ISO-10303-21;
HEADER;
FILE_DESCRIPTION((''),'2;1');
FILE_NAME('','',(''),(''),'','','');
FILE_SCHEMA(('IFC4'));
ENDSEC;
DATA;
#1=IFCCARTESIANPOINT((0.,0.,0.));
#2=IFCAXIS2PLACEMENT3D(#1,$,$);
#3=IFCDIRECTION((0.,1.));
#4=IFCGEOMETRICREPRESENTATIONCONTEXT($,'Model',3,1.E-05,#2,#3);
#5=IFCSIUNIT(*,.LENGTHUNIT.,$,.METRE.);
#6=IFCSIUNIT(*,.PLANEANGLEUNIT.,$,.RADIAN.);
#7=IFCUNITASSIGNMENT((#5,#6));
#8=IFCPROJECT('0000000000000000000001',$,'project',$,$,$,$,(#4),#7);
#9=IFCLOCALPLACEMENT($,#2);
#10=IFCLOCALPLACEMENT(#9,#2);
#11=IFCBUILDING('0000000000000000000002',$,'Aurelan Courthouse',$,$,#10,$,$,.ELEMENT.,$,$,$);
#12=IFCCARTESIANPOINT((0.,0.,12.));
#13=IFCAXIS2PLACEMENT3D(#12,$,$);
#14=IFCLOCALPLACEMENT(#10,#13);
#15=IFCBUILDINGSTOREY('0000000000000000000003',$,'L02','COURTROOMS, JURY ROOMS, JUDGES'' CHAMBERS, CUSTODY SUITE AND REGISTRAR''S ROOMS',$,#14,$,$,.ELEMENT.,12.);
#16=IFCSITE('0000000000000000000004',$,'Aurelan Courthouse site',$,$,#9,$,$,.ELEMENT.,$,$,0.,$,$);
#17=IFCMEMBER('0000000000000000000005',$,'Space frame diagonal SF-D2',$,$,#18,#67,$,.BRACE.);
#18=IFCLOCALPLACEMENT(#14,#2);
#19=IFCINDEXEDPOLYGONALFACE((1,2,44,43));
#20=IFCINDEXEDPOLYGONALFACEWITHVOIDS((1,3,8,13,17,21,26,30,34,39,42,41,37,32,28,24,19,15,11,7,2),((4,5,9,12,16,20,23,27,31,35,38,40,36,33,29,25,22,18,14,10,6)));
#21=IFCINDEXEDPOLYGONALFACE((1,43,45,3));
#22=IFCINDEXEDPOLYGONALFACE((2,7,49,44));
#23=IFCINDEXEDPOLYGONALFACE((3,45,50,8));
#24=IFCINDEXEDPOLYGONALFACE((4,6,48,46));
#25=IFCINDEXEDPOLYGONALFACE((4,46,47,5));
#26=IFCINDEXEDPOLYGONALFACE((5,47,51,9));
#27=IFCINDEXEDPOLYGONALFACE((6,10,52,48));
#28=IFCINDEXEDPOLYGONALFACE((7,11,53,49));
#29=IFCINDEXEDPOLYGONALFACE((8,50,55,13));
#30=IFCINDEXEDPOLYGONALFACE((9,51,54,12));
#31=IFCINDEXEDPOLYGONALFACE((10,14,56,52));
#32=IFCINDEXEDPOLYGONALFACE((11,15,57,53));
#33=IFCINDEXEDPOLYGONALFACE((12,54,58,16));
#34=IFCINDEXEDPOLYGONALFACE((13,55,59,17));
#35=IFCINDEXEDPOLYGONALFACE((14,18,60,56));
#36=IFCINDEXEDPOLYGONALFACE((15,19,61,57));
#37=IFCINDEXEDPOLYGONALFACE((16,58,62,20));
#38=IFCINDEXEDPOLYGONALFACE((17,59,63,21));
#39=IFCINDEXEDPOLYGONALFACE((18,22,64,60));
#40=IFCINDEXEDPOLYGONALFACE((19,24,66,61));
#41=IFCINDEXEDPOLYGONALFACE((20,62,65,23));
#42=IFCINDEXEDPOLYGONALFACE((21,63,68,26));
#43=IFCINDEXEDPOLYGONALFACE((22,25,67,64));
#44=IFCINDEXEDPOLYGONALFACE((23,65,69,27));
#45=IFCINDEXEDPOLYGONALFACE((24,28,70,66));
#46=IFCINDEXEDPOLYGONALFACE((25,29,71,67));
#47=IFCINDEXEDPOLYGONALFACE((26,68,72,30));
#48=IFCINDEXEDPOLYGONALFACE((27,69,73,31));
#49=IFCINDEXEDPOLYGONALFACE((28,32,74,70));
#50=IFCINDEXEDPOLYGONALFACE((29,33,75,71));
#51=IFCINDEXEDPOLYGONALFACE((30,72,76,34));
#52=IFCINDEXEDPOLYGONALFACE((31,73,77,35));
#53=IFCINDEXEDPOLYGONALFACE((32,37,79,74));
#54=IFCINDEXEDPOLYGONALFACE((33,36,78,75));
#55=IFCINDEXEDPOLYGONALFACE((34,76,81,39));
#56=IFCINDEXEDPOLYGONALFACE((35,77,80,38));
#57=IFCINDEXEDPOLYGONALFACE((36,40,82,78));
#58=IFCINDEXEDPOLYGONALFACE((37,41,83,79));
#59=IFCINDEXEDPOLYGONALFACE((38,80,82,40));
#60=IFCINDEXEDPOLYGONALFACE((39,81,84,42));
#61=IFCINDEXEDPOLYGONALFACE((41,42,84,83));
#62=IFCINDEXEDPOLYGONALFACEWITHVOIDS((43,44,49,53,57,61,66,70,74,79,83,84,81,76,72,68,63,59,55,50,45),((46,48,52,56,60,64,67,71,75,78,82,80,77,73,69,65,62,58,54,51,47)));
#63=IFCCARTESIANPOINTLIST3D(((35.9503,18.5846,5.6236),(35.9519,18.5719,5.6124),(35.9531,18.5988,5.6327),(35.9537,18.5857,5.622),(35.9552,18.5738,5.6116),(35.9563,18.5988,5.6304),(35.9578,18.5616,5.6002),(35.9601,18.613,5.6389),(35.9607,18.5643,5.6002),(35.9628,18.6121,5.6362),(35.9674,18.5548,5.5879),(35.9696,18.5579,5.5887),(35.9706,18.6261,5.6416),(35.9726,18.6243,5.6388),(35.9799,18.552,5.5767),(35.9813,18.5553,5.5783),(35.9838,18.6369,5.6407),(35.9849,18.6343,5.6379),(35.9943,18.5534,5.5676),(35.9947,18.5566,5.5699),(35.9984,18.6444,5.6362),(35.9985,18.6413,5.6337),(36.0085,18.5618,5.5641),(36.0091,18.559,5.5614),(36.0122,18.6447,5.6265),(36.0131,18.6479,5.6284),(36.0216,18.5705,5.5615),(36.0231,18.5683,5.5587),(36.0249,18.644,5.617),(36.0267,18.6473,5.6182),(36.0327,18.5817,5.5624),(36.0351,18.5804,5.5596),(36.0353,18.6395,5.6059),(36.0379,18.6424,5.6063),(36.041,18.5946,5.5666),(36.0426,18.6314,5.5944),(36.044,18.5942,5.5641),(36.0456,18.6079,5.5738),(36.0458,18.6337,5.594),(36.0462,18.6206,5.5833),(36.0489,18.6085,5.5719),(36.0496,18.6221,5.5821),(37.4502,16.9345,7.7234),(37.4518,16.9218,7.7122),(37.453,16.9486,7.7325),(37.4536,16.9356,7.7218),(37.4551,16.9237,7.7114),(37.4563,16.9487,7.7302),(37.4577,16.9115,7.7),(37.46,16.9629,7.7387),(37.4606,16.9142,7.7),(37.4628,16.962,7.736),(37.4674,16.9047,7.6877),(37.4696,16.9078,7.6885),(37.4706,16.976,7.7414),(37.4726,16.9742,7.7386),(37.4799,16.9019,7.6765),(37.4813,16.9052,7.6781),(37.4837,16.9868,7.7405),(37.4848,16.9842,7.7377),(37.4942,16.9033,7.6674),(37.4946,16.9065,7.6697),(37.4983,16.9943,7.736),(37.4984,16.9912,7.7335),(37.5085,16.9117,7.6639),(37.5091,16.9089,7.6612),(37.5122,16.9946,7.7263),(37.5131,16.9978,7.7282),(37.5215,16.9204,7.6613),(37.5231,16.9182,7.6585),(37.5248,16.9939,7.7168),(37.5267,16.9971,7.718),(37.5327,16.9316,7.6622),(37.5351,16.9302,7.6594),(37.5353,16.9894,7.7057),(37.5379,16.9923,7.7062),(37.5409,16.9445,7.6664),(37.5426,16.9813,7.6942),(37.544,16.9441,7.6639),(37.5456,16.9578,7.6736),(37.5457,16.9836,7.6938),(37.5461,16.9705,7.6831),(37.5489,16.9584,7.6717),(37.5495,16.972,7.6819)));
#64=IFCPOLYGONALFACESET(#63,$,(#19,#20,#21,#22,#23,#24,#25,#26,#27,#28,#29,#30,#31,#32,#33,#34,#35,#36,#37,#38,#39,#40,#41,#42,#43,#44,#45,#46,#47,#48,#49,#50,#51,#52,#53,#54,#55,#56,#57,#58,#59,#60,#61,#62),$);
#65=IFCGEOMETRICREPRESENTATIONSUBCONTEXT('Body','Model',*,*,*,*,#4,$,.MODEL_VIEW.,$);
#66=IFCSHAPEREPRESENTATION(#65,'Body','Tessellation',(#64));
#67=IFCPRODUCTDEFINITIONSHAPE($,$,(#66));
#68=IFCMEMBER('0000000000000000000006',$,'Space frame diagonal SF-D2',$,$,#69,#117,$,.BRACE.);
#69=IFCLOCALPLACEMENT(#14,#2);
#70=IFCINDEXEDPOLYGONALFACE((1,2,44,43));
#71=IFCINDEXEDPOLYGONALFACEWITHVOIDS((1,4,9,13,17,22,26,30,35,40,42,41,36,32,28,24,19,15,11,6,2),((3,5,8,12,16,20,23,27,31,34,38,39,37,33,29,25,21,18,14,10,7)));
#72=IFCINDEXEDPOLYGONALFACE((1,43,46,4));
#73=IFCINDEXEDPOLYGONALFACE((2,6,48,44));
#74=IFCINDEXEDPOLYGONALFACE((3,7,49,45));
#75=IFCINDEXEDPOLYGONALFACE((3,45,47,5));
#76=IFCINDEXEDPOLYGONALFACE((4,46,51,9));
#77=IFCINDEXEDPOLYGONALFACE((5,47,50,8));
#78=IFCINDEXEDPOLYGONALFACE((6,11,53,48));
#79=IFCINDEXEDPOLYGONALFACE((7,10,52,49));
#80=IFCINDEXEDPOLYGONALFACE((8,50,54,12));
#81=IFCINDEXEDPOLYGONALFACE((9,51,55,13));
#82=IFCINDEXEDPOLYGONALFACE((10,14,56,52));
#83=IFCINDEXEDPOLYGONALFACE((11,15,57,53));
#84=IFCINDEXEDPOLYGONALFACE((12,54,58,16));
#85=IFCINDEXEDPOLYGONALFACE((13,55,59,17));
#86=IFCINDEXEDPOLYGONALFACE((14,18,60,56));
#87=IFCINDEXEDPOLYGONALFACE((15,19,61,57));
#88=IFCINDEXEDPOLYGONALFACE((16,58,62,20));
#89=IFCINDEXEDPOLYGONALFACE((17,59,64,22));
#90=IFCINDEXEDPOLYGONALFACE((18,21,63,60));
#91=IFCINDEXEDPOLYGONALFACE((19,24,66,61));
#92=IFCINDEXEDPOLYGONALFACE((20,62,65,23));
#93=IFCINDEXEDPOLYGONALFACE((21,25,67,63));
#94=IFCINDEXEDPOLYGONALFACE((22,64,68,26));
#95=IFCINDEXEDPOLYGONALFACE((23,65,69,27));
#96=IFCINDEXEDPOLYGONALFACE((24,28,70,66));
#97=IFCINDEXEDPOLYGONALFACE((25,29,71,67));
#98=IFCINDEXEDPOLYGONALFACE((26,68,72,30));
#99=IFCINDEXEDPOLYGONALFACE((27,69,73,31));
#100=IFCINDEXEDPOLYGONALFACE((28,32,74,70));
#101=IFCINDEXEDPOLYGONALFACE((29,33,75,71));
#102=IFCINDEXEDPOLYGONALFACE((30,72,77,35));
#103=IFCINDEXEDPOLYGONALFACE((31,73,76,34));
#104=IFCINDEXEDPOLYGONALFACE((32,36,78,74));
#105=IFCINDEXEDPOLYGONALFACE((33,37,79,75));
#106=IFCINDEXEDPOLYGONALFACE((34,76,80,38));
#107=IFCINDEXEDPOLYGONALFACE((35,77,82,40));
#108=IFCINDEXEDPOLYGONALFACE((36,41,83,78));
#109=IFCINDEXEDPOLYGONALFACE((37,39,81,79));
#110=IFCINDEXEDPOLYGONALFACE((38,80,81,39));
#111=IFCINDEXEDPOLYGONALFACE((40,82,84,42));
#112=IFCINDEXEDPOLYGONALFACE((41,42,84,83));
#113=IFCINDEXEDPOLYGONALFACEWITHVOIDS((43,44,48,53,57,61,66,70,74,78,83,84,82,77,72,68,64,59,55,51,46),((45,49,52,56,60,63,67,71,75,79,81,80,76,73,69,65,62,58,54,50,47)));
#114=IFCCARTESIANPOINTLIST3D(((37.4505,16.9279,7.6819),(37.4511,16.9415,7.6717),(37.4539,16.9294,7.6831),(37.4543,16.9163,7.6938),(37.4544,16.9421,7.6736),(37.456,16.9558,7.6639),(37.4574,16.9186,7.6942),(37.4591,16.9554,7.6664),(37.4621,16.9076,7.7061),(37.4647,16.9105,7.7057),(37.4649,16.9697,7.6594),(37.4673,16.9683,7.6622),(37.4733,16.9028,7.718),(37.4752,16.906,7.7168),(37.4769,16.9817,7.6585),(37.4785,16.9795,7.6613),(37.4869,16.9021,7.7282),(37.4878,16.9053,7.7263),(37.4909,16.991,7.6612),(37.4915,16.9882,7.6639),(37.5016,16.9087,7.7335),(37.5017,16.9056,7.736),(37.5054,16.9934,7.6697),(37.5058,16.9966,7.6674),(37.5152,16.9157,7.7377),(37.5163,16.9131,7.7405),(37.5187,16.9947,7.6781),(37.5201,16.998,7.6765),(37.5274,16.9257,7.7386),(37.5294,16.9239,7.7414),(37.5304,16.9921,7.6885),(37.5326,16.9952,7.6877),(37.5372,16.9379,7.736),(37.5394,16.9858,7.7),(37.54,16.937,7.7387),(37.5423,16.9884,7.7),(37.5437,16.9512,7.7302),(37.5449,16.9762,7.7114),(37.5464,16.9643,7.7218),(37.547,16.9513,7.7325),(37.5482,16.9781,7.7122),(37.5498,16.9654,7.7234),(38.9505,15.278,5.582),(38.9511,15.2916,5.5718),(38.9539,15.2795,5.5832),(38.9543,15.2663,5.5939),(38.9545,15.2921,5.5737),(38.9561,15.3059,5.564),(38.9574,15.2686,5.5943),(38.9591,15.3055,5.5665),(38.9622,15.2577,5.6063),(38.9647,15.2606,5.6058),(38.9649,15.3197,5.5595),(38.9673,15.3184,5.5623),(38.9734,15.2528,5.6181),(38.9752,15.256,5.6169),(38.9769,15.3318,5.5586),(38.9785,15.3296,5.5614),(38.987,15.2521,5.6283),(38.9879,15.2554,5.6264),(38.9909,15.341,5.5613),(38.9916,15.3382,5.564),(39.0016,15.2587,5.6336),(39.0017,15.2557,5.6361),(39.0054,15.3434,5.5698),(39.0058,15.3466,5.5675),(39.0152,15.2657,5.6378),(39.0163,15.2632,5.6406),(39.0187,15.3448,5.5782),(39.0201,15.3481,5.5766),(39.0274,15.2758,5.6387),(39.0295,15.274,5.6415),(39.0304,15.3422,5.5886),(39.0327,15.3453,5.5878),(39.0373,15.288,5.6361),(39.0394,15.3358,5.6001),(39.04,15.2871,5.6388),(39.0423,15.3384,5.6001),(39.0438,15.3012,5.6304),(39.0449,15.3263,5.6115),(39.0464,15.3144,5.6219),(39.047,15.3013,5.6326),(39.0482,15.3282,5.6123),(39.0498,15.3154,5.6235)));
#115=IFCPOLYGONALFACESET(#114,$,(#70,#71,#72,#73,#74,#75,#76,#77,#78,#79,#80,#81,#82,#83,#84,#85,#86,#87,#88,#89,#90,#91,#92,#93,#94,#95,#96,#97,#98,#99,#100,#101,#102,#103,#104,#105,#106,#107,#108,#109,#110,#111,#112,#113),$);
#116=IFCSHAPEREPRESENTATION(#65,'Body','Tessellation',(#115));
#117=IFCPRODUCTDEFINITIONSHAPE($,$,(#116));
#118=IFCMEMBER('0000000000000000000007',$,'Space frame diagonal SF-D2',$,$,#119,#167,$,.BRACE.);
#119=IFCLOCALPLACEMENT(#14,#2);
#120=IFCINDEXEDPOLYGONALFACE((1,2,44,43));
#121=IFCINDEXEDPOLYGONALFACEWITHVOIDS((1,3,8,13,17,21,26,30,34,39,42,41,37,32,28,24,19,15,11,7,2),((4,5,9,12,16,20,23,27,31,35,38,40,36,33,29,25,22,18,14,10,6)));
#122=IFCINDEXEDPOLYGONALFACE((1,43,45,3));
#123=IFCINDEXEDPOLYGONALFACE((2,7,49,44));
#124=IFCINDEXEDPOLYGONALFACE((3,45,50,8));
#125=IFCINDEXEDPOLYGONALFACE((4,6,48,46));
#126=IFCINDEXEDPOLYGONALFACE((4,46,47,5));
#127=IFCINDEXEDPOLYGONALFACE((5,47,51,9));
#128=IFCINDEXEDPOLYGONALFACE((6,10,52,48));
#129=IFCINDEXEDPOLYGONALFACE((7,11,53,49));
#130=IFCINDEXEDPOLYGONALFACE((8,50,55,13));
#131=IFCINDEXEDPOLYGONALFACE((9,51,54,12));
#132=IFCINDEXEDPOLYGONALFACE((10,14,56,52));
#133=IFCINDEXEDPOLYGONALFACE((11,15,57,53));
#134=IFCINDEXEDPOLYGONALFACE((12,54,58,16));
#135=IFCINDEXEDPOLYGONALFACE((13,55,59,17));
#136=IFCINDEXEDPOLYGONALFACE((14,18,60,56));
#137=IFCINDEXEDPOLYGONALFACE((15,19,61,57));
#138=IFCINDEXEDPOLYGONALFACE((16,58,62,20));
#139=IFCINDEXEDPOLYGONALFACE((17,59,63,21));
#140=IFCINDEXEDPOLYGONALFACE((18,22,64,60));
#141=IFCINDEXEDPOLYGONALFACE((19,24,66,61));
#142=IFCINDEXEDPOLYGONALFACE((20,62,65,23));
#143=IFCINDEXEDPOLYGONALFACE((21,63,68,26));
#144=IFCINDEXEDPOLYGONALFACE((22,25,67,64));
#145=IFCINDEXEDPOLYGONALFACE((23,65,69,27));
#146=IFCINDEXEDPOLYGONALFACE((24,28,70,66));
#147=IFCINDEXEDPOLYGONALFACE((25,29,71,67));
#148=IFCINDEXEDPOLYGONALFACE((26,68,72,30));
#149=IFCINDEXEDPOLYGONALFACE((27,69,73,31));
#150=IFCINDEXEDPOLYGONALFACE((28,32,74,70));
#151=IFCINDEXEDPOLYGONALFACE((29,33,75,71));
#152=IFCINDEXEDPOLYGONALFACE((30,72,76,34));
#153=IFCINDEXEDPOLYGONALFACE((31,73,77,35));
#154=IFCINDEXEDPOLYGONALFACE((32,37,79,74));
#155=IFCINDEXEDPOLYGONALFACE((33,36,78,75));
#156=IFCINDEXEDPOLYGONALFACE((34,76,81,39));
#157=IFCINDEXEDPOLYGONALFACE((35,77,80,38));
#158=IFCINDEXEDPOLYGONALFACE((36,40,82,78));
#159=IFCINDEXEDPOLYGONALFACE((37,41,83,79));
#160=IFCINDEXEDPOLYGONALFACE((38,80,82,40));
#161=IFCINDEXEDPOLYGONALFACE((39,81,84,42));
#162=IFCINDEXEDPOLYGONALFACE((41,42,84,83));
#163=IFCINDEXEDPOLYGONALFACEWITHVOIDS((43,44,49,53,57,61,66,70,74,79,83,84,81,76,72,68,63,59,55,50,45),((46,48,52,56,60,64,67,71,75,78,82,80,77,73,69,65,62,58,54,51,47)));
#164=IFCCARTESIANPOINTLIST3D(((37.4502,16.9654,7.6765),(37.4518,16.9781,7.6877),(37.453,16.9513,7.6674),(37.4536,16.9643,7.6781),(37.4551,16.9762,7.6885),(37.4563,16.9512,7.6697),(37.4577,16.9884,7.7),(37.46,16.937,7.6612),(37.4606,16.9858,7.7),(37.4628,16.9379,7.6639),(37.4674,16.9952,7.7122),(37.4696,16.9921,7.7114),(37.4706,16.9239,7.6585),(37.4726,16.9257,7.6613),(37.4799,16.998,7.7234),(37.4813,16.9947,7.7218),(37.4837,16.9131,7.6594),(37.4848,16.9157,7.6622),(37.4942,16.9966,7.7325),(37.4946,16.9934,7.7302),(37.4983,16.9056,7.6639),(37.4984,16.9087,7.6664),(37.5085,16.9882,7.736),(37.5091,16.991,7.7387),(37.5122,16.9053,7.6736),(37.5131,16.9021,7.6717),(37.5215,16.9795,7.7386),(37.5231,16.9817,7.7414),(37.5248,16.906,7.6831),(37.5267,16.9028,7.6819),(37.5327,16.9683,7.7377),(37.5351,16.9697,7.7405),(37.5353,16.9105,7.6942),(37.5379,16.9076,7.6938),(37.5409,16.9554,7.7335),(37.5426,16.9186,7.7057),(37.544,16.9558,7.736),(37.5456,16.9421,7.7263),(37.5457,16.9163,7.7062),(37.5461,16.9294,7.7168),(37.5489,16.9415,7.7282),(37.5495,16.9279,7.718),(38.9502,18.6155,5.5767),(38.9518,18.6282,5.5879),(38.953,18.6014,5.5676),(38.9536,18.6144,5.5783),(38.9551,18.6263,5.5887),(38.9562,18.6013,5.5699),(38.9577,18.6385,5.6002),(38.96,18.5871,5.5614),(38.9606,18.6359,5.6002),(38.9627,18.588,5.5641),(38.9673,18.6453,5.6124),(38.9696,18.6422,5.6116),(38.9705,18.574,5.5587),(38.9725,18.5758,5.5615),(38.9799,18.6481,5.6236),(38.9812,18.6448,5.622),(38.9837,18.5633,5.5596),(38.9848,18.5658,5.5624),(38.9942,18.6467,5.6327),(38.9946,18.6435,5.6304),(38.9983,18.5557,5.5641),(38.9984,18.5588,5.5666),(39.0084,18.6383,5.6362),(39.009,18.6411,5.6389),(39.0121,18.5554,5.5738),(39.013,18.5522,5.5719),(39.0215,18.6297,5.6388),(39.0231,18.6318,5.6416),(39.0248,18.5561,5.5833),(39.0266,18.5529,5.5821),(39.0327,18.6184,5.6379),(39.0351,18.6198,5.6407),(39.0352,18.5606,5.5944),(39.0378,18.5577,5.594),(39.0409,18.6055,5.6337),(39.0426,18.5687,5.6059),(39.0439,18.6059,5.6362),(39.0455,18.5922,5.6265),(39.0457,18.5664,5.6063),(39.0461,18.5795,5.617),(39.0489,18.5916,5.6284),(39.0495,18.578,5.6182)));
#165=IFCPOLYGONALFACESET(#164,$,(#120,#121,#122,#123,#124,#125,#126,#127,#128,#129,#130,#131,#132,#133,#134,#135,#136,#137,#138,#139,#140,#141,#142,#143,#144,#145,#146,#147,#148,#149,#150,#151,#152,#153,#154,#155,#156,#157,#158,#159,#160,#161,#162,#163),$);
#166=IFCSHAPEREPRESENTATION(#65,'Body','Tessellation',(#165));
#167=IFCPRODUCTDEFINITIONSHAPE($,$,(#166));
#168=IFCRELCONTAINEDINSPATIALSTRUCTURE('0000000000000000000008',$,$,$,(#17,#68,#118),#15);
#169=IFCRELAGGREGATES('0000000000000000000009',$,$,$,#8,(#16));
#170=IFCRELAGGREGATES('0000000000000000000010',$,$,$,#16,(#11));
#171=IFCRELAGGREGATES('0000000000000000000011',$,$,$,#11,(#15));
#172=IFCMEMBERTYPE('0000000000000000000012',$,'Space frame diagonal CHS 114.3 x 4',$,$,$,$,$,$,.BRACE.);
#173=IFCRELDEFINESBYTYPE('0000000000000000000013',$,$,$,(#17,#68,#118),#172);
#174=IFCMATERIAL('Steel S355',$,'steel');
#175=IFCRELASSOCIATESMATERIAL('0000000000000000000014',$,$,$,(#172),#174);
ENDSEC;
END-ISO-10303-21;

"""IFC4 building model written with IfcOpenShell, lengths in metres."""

from ifc_helpers import new_model, si_unit, direction, frame, origin, origin_2d, place, context, subcontext, project, spatial, hollow_circle, extrude, material, material_profile, profile_set, type_object, element, save


model = new_model("IFC4")

# Units and contexts
model_context = context("Model", 3, precision=1e-05, world=origin(), true_north=direction((0.0, 1.0)))
body_context = subcontext(model_context, "Body", "Model", "MODEL_VIEW")
ifc_project = project(units=[si_unit("LENGTHUNIT", "METRE"), si_unit("PLANEANGLEUNIT", "RADIAN")], contexts=[model_context])

# Site, building, storey
site_placement = place(None, origin())
site = spatial("IfcSite", under=ifc_project, at=site_placement, Name="Aurelan Courthouse site", CompositionType="ELEMENT", RefElevation=0.0)
building_placement = place(site_placement, origin())
building = spatial("IfcBuilding", under=site, at=building_placement, Name="Aurelan Courthouse", CompositionType="ELEMENT")
storey_placement = place(building_placement, frame((0.0, 0.0, 12.0)))
storey = spatial("IfcBuildingStorey", under=building, at=storey_placement, Name="L02", Description="COURTROOMS, JURY ROOMS, JUDGES' CHAMBERS, CUSTODY SUITE AND REGISTRAR'S ROOMS", CompositionType="ELEMENT", Elevation=12.0)

# Members
ifc_material_1 = material(Name="Steel S355", Category="steel")
ifc_material_profile_1 = material_profile(ifc_material_1, hollow_circle(Radius=0.0571, WallThickness=0.0039, at=origin_2d()), Name="CHS 114.3 x 4")
ifc_profile_set_1 = profile_set([ifc_material_profile_1], Name="Steel S355")
member_type_1 = type_object("IfcMemberType", Name="Space frame diagonal CHS 114.3 x 4", PredefinedType="BRACE", material=ifc_profile_set_1)
for number, where, z_axis, x_axis, name in (
    (1, (37.5, 16.95, 7.7), (-0.489706, 0.538724, -0.68554), (-0.73997, -0.67264, 0.0), "Space frame diagonal SF-D2"),
    (2, (37.5, 16.95, 7.7), (0.489727, -0.538667, -0.685569), (0.73992, 0.672695, 0.0), "Space frame diagonal SF-D2"),
    (3, (37.5, 16.95, 7.7), (0.489706, 0.538724, -0.68554), (-0.73997, 0.67264, 0.0), "Space frame diagonal SF-D2"),
):
    element("IfcMember", number, at=place(storey_placement, frame(where, z_axis=z_axis, x_axis=x_axis)), inside=storey, type_object=member_type_1, Name=name, PredefinedType="BRACE", context=body_context, shape_type="SweptSolid", body=[
        extrude(hollow_circle(Radius=0.0571, WallThickness=0.0039, at=origin_2d()), origin(), (0.0, 0.0, 1.0), 3.063),
    ])

save(model, "model.ifc")
